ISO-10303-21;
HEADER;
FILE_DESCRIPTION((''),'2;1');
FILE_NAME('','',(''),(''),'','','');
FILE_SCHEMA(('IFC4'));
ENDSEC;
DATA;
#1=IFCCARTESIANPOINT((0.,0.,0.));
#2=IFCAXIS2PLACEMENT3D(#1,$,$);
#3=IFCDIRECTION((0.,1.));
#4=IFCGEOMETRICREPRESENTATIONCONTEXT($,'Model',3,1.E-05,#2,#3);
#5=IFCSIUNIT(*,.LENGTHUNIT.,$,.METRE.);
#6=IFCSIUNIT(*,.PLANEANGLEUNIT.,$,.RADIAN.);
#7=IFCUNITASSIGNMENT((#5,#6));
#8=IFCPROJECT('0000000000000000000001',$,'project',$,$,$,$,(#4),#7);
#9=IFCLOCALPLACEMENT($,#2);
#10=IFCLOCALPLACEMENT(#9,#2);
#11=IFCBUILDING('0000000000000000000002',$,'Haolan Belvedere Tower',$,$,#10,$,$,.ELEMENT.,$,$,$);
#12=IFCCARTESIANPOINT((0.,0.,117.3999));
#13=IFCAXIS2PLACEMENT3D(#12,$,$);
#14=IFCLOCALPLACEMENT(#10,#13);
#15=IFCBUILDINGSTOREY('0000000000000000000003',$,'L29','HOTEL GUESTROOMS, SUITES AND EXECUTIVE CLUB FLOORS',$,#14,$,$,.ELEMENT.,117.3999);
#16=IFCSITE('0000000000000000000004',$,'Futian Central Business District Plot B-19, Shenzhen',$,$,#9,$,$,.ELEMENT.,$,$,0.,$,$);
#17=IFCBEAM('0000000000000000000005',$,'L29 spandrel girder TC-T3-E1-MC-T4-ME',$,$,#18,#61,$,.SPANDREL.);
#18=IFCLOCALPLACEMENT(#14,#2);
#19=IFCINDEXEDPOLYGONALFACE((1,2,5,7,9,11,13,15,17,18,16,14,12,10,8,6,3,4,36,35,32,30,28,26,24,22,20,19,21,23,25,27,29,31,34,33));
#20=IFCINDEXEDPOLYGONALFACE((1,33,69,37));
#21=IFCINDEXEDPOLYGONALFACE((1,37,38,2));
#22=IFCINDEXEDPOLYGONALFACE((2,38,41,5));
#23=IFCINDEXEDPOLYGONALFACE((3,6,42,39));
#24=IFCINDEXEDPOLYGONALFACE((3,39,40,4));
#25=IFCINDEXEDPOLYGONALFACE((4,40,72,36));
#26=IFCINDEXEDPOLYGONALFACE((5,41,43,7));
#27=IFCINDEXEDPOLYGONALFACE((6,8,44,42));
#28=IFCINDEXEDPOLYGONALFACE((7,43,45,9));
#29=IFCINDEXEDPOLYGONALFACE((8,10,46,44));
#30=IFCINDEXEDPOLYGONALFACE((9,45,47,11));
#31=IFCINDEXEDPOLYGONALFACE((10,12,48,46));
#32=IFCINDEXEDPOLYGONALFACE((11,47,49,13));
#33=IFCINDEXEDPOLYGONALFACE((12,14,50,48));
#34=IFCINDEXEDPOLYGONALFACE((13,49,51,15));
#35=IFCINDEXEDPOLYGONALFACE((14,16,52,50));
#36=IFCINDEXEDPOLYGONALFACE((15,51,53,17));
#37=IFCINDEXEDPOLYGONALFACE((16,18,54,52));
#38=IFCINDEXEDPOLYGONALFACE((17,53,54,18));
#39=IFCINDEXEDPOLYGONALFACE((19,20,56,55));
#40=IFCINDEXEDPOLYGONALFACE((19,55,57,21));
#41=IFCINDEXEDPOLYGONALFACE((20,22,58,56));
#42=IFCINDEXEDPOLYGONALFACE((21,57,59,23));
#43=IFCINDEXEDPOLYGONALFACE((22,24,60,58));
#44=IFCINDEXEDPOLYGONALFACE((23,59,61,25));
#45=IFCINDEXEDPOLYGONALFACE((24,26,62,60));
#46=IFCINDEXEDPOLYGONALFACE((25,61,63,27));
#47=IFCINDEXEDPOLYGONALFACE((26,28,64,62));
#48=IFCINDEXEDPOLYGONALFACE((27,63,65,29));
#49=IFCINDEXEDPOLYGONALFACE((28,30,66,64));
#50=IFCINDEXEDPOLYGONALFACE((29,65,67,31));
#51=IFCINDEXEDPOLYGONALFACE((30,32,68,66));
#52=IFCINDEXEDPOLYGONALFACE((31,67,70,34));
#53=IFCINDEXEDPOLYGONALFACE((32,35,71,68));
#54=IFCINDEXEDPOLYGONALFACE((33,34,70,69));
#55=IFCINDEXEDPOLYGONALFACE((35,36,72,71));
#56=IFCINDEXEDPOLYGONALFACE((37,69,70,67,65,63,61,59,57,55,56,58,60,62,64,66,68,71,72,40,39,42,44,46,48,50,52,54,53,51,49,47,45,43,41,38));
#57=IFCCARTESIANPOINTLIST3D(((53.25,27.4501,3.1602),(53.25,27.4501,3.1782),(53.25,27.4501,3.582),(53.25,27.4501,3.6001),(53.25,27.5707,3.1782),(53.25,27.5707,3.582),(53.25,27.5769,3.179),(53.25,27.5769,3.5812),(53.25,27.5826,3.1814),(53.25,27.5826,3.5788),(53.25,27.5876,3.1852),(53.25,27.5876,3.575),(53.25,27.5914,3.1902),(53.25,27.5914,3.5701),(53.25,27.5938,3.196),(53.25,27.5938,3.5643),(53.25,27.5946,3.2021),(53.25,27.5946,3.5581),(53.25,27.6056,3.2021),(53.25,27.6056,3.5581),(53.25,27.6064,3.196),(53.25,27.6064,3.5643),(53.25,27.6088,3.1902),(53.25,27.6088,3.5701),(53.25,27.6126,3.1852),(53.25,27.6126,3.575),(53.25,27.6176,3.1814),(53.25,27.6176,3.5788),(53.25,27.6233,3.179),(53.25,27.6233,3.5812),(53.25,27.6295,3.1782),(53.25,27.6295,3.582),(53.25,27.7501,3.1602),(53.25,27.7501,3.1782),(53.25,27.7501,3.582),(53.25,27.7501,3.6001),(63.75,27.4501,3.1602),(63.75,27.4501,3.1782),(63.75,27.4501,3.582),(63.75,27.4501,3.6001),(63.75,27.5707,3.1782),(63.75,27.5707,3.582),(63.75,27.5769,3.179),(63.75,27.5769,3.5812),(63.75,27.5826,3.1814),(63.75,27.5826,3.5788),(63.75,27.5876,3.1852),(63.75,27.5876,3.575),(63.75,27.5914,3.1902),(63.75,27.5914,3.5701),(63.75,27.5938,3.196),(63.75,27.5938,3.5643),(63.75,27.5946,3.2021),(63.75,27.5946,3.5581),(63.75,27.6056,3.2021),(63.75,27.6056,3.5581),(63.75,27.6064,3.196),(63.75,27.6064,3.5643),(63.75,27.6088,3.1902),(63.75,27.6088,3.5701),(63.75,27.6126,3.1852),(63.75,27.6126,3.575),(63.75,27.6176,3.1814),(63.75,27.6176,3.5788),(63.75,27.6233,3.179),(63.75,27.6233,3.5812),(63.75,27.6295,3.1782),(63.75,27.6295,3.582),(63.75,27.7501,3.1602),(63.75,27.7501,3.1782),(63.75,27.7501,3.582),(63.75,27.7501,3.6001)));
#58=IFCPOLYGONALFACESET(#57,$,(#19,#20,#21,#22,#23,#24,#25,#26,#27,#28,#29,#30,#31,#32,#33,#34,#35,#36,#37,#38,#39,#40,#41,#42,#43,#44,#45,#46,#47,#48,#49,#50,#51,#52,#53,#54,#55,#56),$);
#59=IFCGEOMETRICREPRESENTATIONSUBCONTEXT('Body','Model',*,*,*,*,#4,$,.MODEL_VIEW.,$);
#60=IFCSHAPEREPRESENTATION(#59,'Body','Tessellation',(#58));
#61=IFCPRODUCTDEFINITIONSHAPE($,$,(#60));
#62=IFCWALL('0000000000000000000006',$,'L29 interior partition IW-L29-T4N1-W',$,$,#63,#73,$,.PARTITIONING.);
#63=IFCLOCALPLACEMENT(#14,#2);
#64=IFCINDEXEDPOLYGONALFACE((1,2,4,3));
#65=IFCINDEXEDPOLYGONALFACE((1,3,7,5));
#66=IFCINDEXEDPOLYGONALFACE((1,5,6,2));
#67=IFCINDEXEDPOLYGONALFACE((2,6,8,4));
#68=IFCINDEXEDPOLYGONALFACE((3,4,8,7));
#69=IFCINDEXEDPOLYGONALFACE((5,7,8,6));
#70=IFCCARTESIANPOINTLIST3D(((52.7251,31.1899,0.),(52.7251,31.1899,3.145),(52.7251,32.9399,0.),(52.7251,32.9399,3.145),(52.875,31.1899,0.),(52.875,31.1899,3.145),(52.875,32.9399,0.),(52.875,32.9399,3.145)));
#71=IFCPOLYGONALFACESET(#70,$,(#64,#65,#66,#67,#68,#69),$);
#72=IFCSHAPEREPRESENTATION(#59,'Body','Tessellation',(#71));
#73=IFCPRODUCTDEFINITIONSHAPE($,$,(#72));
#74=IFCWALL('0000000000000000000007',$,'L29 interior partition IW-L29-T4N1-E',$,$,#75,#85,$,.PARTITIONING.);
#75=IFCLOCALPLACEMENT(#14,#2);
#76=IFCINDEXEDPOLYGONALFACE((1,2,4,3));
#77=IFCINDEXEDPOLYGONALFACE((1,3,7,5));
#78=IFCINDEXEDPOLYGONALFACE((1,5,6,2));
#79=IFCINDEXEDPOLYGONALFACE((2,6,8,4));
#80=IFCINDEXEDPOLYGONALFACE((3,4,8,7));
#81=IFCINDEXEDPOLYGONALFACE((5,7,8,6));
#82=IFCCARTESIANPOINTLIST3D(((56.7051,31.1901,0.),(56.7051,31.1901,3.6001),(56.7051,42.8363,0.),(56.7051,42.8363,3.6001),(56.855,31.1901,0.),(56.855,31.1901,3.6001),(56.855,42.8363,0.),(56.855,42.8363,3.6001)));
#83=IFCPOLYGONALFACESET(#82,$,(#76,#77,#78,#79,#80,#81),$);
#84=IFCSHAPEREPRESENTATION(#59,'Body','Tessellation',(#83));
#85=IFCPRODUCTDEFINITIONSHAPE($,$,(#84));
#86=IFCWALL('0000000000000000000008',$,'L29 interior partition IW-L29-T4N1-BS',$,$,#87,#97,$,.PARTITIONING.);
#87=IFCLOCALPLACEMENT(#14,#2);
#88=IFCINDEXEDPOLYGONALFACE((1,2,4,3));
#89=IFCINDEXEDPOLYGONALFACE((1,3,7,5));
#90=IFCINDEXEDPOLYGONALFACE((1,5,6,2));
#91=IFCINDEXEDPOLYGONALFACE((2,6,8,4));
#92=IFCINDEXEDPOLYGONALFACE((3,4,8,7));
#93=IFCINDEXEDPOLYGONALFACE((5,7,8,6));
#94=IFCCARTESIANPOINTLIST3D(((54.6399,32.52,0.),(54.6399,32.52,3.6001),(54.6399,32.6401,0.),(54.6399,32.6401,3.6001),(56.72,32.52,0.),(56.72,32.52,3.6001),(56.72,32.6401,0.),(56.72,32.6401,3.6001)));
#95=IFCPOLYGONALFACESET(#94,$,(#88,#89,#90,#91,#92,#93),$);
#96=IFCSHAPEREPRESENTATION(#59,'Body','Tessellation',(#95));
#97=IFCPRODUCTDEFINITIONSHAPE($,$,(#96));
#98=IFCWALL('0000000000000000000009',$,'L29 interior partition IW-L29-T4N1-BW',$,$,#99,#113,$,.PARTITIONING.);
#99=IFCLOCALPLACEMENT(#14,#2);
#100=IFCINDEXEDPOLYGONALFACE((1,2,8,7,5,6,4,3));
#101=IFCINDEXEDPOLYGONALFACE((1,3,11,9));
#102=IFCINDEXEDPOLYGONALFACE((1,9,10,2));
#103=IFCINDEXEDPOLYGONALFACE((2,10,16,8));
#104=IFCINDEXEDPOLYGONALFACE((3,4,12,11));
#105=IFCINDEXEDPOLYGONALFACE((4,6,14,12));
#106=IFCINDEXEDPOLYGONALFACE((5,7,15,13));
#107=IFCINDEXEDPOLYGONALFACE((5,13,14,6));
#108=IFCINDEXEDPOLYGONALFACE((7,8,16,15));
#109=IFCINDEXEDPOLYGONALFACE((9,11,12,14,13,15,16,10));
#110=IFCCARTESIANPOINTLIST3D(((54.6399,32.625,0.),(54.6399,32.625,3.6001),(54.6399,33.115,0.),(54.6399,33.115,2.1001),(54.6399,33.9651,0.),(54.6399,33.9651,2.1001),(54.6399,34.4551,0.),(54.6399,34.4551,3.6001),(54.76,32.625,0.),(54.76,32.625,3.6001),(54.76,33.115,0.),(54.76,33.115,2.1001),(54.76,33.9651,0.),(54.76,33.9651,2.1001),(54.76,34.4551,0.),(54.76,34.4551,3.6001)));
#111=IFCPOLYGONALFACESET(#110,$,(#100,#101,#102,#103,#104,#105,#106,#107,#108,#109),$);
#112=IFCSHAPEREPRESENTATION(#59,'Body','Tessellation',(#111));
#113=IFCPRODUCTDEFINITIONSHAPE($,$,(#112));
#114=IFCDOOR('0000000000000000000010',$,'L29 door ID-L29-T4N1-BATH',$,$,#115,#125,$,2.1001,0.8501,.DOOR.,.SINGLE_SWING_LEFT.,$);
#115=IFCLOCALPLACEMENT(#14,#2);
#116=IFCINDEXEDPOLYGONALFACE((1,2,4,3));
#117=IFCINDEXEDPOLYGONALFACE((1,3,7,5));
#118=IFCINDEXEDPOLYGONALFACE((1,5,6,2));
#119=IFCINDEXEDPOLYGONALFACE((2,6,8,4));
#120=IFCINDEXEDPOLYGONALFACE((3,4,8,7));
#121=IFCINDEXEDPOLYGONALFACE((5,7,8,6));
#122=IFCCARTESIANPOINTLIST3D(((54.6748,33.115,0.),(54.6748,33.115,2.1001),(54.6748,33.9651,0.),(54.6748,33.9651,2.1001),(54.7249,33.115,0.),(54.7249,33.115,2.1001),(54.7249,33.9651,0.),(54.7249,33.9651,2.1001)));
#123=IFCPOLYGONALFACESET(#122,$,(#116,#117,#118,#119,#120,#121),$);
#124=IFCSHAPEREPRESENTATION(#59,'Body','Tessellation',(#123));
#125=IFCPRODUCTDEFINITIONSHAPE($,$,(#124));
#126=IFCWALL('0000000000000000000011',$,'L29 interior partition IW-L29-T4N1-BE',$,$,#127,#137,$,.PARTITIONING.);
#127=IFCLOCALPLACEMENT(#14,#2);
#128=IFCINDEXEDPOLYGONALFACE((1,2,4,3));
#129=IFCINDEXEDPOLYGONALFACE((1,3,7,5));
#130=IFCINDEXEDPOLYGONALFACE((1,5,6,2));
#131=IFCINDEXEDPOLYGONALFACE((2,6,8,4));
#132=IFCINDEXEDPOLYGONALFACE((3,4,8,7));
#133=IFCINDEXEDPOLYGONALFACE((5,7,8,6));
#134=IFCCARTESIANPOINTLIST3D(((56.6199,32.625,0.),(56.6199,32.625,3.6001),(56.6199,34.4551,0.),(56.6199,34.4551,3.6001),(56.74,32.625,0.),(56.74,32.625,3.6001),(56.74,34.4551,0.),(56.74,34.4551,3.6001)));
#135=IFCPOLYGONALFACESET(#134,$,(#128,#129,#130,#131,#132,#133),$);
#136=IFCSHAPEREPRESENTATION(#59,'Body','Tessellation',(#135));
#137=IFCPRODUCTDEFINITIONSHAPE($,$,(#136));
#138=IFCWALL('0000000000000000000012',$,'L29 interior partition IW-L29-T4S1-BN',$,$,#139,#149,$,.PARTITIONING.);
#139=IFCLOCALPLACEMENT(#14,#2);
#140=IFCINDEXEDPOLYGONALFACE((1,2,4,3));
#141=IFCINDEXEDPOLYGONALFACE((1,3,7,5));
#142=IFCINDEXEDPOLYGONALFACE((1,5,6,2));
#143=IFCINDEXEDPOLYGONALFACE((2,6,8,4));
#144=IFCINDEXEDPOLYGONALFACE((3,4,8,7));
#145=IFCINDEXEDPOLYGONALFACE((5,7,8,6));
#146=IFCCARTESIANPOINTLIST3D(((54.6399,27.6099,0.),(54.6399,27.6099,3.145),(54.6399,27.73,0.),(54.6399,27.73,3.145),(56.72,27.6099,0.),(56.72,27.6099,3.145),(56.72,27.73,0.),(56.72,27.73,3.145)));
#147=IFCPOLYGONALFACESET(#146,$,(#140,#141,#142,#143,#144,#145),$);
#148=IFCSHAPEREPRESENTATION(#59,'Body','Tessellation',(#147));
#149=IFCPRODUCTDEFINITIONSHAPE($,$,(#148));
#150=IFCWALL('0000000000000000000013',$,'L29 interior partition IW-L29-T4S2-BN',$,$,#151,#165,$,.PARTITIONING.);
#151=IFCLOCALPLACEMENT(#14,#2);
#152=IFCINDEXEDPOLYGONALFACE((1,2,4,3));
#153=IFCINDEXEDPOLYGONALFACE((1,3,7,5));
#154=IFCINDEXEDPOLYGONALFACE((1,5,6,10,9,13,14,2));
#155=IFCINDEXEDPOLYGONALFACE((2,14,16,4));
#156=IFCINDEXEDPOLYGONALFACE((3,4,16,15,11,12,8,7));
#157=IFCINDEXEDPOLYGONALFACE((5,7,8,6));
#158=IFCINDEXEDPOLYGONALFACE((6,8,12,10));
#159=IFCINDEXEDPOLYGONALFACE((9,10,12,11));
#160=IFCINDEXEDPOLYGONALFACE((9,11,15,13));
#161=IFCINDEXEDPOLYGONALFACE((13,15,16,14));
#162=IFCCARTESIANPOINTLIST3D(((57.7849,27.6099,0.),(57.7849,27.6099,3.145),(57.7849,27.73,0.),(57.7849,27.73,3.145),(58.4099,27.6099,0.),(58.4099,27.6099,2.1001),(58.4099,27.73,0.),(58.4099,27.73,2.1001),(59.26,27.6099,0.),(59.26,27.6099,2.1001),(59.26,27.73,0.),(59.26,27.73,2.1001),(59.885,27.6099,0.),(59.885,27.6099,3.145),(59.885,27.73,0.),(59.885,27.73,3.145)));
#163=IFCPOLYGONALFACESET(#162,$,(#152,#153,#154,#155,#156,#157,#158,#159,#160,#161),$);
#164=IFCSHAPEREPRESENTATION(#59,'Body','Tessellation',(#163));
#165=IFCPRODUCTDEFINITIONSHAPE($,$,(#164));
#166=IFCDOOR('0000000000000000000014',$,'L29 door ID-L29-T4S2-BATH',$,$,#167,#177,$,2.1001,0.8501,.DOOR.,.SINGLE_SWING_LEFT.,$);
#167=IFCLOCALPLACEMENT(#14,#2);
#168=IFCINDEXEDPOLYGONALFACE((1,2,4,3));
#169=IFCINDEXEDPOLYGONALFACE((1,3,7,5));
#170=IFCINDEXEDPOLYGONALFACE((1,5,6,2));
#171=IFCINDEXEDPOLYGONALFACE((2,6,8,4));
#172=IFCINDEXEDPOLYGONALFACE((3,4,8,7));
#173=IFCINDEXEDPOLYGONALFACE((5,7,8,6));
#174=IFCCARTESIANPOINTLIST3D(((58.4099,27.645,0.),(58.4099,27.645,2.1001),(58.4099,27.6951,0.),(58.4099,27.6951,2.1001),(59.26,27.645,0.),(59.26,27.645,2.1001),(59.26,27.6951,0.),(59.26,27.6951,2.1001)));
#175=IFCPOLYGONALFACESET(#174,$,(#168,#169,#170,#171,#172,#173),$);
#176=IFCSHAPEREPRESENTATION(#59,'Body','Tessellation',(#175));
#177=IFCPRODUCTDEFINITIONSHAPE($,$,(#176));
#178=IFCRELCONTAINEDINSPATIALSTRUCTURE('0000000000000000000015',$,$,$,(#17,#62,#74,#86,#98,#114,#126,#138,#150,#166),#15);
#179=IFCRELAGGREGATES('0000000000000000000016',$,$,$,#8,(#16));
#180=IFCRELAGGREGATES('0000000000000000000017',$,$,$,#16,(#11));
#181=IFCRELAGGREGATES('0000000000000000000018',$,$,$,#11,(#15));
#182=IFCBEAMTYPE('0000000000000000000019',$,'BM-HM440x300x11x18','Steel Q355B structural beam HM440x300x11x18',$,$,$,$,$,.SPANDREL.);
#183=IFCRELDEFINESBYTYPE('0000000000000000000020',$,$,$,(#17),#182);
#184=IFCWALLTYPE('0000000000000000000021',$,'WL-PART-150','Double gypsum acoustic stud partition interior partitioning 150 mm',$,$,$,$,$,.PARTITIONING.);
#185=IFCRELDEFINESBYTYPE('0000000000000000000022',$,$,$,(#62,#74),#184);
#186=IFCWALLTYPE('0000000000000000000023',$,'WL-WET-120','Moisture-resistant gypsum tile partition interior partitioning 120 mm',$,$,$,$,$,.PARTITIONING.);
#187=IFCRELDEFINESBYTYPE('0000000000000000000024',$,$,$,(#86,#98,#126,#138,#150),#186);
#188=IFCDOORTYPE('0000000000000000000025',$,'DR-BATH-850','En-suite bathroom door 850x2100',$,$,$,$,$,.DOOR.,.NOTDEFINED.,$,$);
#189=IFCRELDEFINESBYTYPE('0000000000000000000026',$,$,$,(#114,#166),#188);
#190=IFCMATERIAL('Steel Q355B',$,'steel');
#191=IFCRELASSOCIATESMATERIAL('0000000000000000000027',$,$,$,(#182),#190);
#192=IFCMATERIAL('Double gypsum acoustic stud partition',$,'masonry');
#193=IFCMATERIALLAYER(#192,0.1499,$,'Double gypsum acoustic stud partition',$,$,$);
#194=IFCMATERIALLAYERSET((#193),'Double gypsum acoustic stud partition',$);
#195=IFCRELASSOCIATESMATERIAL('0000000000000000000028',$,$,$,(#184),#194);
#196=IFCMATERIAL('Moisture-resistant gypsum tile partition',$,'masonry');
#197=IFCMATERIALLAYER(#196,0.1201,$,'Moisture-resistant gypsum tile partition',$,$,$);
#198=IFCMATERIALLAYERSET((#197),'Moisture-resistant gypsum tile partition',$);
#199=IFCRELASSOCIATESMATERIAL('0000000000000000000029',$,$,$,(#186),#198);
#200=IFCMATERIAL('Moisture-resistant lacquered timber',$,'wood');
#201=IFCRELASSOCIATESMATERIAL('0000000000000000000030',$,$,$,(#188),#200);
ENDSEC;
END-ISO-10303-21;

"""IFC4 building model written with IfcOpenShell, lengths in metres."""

from ifc_helpers import new_model, si_unit, direction, frame, frame_2d, origin, origin_2d, place, context, subcontext, project, spatial, rectangle, i_section, extrude, material, layer, layer_set, material_profile, profile_set, type_object, element, fill, save


model = new_model("IFC4")

# Units and contexts
model_context = context("Model", 3, precision=1e-05, world=origin(), true_north=direction((0.0, 1.0)))
body_context = subcontext(model_context, "Body", "Model", "MODEL_VIEW")
ifc_project = project(units=[si_unit("LENGTHUNIT", "METRE"), si_unit("PLANEANGLEUNIT", "RADIAN")], contexts=[model_context])

# Site, building, storey
site_placement = place(None, origin())
site = spatial("IfcSite", under=ifc_project, at=site_placement, Name="Futian Central Business District Plot B-19, Shenzhen", CompositionType="ELEMENT", RefElevation=0.0)
building_placement = place(site_placement, origin())
building = spatial("IfcBuilding", under=site, at=building_placement, Name="Haolan Belvedere Tower", CompositionType="ELEMENT")
storey_placement = place(building_placement, frame((0.0, 0.0, 117.3999)))
storey = spatial("IfcBuildingStorey", under=building, at=storey_placement, Name="L29", Description="HOTEL GUESTROOMS, SUITES AND EXECUTIVE CLUB FLOORS", CompositionType="ELEMENT", Elevation=117.3999)

# Beam
ifc_material_1 = material(Name="Steel Q355B", Category="steel")
ifc_material_profile = material_profile(ifc_material_1, i_section(OverallWidth=0.3, OverallDepth=0.4399, WebThickness=0.011, FlangeThickness=0.0181, FilletRadius=0.0239, at=origin_2d()), Name="Steel Q355B")
ifc_profile_set = profile_set([ifc_material_profile], Name="Steel Q355B")
beam_type = type_object("IfcBeamType", Name="BM-HM440x300x11x18", Description="Steel Q355B structural beam HM440x300x11x18", PredefinedType="SPANDREL", material=ifc_profile_set)
beam_placement = place(storey_placement, frame((53.25, 27.6001, 3.3801), z_axis=(1.0, 0.0, 0.0), x_axis=(0.0, 1.0, 0.0)))
element("IfcBeam", 1, at=beam_placement, inside=storey, type_object=beam_type, Name="L29 spandrel girder TC-T3-E1-MC-T4-ME", PredefinedType="SPANDREL", context=body_context, shape_type="SweptSolid", body=[
    extrude(i_section(OverallWidth=0.3, OverallDepth=0.4399, WebThickness=0.011, FlangeThickness=0.0181, FilletRadius=0.0239, at=origin_2d()), origin(), (0.0, 0.0, 1.0), 10.5),
])

# Walls
ifc_material_2 = material(Name="Double gypsum acoustic stud partition", Category="masonry")
ifc_layer_1 = layer(ifc_material_2, 0.1499, Name="Double gypsum acoustic stud partition")
ifc_layer_set_1 = layer_set([ifc_layer_1], Name="Double gypsum acoustic stud partition")
wall_type_1 = type_object("IfcWallType", Name="WL-PART-150", Description="Double gypsum acoustic stud partition interior partitioning 150 mm", PredefinedType="PARTITIONING", material=ifc_layer_set_1)
wall_1_placement = place(storey_placement, frame((52.8, 31.1899, 0.0), z_axis=(0.0, 0.0, 1.0), x_axis=(0.0, 1.0, 0.0)))
element("IfcWall", 2, at=wall_1_placement, inside=storey, type_object=wall_type_1, Name="L29 interior partition IW-L29-T4N1-W", PredefinedType="PARTITIONING", context=body_context, shape_type="SweptSolid", body=[
    extrude(rectangle(XDim=1.75, YDim=0.1499, at=frame_2d((0.875, 0.0))), origin(), (0.0, 0.0, 1.0), 3.145),
])
wall_2_placement = place(storey_placement, frame((56.78, 31.1899, 0.0), z_axis=(0.0, 0.0, 1.0), x_axis=(0.0, 1.0, 0.0)))
element("IfcWall", 3, at=wall_2_placement, inside=storey, type_object=wall_type_1, Name="L29 interior partition IW-L29-T4N1-E", PredefinedType="PARTITIONING", context=body_context, shape_type="SweptSolid", body=[
    extrude(rectangle(XDim=11.6462, YDim=0.1499, at=frame_2d((5.8232, 0.0))), origin(), (0.0, 0.0, 1.0), 3.6001),
])

# Wall
ifc_material_3 = material(Name="Moisture-resistant gypsum tile partition", Category="masonry")
ifc_layer_2 = layer(ifc_material_3, 0.1201, Name="Moisture-resistant gypsum tile partition")
ifc_layer_set_2 = layer_set([ifc_layer_2], Name="Moisture-resistant gypsum tile partition")
wall_type_2 = type_object("IfcWallType", Name="WL-WET-120", Description="Moisture-resistant gypsum tile partition interior partitioning 120 mm", PredefinedType="PARTITIONING", material=ifc_layer_set_2)
wall_3_placement = place(storey_placement, frame((54.6399, 32.5801, 0.0), z_axis=(0.0, 0.0, 1.0), x_axis=(1.0, 0.0, 0.0)))
element("IfcWall", 4, at=wall_3_placement, inside=storey, type_object=wall_type_2, Name="L29 interior partition IW-L29-T4N1-BS", PredefinedType="PARTITIONING", context=body_context, shape_type="SweptSolid", body=[
    extrude(rectangle(XDim=2.0801, YDim=0.1201, at=frame_2d((1.04, 0.0))), origin(), (0.0, 0.0, 1.0), 3.6001),
])

# Wall, opening, door
wall_4_placement = place(storey_placement, frame((54.7, 32.625, 0.0), z_axis=(0.0, 0.0, 1.0), x_axis=(0.0, 1.0, 0.0)))
wall_4 = element("IfcWall", 5, at=wall_4_placement, inside=storey, type_object=wall_type_2, Name="L29 interior partition IW-L29-T4N1-BW", PredefinedType="PARTITIONING", context=body_context, shape_type="SweptSolid", body=[
    extrude(rectangle(XDim=1.8301, YDim=0.1201, at=frame_2d((0.915, 0.0))), origin(), (0.0, 0.0, 1.0), 3.6001),
])
opening_1_placement = place(wall_4_placement, frame((1.3401, 0.0, 0.0), z_axis=(0.0, 0.0, 1.0), x_axis=(-1.0, 0.0, 0.0)))
opening_1 = element("IfcOpeningElement", 6, at=opening_1_placement, cuts=wall_4, PredefinedType="OPENING", context=body_context, shape_type="SweptSolid", body=[
    extrude(rectangle(XDim=0.8501, YDim=2.1001, at=frame_2d((0.425, 1.05))), frame((0.0, 0.0701, 0.0), z_axis=(0.0, -1.0, 0.0), x_axis=(1.0, 0.0, 0.0)), (0.0, 0.0, 1.0), 0.1401),
])
ifc_material_4 = material(Name="Moisture-resistant lacquered timber", Category="wood")
door_type_1 = type_object("IfcDoorType", Name="DR-BATH-850", Description="En-suite bathroom door 850x2100", OperationType="NOTDEFINED", PredefinedType="DOOR", material=ifc_material_4)
door_1_placement = place(opening_1_placement, origin())
door_1 = element("IfcDoor", 7, at=door_1_placement, inside=storey, type_object=door_type_1, Name="L29 door ID-L29-T4N1-BATH", OperationType="SINGLE_SWING_LEFT", OverallHeight=2.1001, OverallWidth=0.8501, PredefinedType="DOOR", context=body_context, shape_type="SweptSolid", body=[
    extrude(rectangle(XDim=0.8501, YDim=2.1001, at=frame_2d((0.425, 1.05))), frame((0.0, 0.0249, 0.0), z_axis=(0.0, -1.0, 0.0), x_axis=(1.0, 0.0, 0.0)), (0.0, 0.0, 1.0), 0.05),
])
fill(opening_1, door_1)

# Walls
wall_5_placement = place(storey_placement, frame((56.6799, 32.625, 0.0), z_axis=(0.0, 0.0, 1.0), x_axis=(0.0, 1.0, 0.0)))
element("IfcWall", 8, at=wall_5_placement, inside=storey, type_object=wall_type_2, Name="L29 interior partition IW-L29-T4N1-BE", PredefinedType="PARTITIONING", context=body_context, shape_type="SweptSolid", body=[
    extrude(rectangle(XDim=1.8301, YDim=0.1201, at=frame_2d((0.915, 0.0))), origin(), (0.0, 0.0, 1.0), 3.6001),
])
wall_6_placement = place(storey_placement, frame((54.6399, 27.6699, 0.0), z_axis=(0.0, 0.0, 1.0), x_axis=(1.0, 0.0, 0.0)))
element("IfcWall", 9, at=wall_6_placement, inside=storey, type_object=wall_type_2, Name="L29 interior partition IW-L29-T4S1-BN", PredefinedType="PARTITIONING", context=body_context, shape_type="SweptSolid", body=[
    extrude(rectangle(XDim=2.0801, YDim=0.1201, at=frame_2d((1.04, 0.0))), origin(), (0.0, 0.0, 1.0), 3.145),
])

# Wall, opening, door
wall_7_placement = place(storey_placement, frame((57.7849, 27.6699, 0.0), z_axis=(0.0, 0.0, 1.0), x_axis=(1.0, 0.0, 0.0)))
wall_7 = element("IfcWall", 10, at=wall_7_placement, inside=storey, type_object=wall_type_2, Name="L29 interior partition IW-L29-T4S2-BN", PredefinedType="PARTITIONING", context=body_context, shape_type="SweptSolid", body=[
    extrude(rectangle(XDim=2.1001, YDim=0.1201, at=frame_2d((1.05, 0.0))), origin(), (0.0, 0.0, 1.0), 3.145),
])
opening_2_placement = place(wall_7_placement, frame((1.4751, 0.0, 0.0), z_axis=(0.0, 0.0, 1.0), x_axis=(-1.0, 0.0, 0.0)))
opening_2 = element("IfcOpeningElement", 11, at=opening_2_placement, cuts=wall_7, PredefinedType="OPENING", context=body_context, shape_type="SweptSolid", body=[
    extrude(rectangle(XDim=0.8501, YDim=2.1001, at=frame_2d((0.425, 1.05))), frame((0.0, 0.0701, 0.0), z_axis=(0.0, -1.0, 0.0), x_axis=(1.0, 0.0, 0.0)), (0.0, 0.0, 1.0), 0.1401),
])
door_2_placement = place(opening_2_placement, origin())
door_2 = element("IfcDoor", 12, at=door_2_placement, inside=storey, type_object=door_type_1, Name="L29 door ID-L29-T4S2-BATH", OperationType="SINGLE_SWING_LEFT", OverallHeight=2.1001, OverallWidth=0.8501, PredefinedType="DOOR", context=body_context, shape_type="SweptSolid", body=[
    extrude(rectangle(XDim=0.8501, YDim=2.1001, at=frame_2d((0.425, 1.05))), frame((0.0, 0.0249, 0.0), z_axis=(0.0, -1.0, 0.0), x_axis=(1.0, 0.0, 0.0)), (0.0, 0.0, 1.0), 0.05),
])
fill(opening_2, door_2)

save(model, "model.ifc")
